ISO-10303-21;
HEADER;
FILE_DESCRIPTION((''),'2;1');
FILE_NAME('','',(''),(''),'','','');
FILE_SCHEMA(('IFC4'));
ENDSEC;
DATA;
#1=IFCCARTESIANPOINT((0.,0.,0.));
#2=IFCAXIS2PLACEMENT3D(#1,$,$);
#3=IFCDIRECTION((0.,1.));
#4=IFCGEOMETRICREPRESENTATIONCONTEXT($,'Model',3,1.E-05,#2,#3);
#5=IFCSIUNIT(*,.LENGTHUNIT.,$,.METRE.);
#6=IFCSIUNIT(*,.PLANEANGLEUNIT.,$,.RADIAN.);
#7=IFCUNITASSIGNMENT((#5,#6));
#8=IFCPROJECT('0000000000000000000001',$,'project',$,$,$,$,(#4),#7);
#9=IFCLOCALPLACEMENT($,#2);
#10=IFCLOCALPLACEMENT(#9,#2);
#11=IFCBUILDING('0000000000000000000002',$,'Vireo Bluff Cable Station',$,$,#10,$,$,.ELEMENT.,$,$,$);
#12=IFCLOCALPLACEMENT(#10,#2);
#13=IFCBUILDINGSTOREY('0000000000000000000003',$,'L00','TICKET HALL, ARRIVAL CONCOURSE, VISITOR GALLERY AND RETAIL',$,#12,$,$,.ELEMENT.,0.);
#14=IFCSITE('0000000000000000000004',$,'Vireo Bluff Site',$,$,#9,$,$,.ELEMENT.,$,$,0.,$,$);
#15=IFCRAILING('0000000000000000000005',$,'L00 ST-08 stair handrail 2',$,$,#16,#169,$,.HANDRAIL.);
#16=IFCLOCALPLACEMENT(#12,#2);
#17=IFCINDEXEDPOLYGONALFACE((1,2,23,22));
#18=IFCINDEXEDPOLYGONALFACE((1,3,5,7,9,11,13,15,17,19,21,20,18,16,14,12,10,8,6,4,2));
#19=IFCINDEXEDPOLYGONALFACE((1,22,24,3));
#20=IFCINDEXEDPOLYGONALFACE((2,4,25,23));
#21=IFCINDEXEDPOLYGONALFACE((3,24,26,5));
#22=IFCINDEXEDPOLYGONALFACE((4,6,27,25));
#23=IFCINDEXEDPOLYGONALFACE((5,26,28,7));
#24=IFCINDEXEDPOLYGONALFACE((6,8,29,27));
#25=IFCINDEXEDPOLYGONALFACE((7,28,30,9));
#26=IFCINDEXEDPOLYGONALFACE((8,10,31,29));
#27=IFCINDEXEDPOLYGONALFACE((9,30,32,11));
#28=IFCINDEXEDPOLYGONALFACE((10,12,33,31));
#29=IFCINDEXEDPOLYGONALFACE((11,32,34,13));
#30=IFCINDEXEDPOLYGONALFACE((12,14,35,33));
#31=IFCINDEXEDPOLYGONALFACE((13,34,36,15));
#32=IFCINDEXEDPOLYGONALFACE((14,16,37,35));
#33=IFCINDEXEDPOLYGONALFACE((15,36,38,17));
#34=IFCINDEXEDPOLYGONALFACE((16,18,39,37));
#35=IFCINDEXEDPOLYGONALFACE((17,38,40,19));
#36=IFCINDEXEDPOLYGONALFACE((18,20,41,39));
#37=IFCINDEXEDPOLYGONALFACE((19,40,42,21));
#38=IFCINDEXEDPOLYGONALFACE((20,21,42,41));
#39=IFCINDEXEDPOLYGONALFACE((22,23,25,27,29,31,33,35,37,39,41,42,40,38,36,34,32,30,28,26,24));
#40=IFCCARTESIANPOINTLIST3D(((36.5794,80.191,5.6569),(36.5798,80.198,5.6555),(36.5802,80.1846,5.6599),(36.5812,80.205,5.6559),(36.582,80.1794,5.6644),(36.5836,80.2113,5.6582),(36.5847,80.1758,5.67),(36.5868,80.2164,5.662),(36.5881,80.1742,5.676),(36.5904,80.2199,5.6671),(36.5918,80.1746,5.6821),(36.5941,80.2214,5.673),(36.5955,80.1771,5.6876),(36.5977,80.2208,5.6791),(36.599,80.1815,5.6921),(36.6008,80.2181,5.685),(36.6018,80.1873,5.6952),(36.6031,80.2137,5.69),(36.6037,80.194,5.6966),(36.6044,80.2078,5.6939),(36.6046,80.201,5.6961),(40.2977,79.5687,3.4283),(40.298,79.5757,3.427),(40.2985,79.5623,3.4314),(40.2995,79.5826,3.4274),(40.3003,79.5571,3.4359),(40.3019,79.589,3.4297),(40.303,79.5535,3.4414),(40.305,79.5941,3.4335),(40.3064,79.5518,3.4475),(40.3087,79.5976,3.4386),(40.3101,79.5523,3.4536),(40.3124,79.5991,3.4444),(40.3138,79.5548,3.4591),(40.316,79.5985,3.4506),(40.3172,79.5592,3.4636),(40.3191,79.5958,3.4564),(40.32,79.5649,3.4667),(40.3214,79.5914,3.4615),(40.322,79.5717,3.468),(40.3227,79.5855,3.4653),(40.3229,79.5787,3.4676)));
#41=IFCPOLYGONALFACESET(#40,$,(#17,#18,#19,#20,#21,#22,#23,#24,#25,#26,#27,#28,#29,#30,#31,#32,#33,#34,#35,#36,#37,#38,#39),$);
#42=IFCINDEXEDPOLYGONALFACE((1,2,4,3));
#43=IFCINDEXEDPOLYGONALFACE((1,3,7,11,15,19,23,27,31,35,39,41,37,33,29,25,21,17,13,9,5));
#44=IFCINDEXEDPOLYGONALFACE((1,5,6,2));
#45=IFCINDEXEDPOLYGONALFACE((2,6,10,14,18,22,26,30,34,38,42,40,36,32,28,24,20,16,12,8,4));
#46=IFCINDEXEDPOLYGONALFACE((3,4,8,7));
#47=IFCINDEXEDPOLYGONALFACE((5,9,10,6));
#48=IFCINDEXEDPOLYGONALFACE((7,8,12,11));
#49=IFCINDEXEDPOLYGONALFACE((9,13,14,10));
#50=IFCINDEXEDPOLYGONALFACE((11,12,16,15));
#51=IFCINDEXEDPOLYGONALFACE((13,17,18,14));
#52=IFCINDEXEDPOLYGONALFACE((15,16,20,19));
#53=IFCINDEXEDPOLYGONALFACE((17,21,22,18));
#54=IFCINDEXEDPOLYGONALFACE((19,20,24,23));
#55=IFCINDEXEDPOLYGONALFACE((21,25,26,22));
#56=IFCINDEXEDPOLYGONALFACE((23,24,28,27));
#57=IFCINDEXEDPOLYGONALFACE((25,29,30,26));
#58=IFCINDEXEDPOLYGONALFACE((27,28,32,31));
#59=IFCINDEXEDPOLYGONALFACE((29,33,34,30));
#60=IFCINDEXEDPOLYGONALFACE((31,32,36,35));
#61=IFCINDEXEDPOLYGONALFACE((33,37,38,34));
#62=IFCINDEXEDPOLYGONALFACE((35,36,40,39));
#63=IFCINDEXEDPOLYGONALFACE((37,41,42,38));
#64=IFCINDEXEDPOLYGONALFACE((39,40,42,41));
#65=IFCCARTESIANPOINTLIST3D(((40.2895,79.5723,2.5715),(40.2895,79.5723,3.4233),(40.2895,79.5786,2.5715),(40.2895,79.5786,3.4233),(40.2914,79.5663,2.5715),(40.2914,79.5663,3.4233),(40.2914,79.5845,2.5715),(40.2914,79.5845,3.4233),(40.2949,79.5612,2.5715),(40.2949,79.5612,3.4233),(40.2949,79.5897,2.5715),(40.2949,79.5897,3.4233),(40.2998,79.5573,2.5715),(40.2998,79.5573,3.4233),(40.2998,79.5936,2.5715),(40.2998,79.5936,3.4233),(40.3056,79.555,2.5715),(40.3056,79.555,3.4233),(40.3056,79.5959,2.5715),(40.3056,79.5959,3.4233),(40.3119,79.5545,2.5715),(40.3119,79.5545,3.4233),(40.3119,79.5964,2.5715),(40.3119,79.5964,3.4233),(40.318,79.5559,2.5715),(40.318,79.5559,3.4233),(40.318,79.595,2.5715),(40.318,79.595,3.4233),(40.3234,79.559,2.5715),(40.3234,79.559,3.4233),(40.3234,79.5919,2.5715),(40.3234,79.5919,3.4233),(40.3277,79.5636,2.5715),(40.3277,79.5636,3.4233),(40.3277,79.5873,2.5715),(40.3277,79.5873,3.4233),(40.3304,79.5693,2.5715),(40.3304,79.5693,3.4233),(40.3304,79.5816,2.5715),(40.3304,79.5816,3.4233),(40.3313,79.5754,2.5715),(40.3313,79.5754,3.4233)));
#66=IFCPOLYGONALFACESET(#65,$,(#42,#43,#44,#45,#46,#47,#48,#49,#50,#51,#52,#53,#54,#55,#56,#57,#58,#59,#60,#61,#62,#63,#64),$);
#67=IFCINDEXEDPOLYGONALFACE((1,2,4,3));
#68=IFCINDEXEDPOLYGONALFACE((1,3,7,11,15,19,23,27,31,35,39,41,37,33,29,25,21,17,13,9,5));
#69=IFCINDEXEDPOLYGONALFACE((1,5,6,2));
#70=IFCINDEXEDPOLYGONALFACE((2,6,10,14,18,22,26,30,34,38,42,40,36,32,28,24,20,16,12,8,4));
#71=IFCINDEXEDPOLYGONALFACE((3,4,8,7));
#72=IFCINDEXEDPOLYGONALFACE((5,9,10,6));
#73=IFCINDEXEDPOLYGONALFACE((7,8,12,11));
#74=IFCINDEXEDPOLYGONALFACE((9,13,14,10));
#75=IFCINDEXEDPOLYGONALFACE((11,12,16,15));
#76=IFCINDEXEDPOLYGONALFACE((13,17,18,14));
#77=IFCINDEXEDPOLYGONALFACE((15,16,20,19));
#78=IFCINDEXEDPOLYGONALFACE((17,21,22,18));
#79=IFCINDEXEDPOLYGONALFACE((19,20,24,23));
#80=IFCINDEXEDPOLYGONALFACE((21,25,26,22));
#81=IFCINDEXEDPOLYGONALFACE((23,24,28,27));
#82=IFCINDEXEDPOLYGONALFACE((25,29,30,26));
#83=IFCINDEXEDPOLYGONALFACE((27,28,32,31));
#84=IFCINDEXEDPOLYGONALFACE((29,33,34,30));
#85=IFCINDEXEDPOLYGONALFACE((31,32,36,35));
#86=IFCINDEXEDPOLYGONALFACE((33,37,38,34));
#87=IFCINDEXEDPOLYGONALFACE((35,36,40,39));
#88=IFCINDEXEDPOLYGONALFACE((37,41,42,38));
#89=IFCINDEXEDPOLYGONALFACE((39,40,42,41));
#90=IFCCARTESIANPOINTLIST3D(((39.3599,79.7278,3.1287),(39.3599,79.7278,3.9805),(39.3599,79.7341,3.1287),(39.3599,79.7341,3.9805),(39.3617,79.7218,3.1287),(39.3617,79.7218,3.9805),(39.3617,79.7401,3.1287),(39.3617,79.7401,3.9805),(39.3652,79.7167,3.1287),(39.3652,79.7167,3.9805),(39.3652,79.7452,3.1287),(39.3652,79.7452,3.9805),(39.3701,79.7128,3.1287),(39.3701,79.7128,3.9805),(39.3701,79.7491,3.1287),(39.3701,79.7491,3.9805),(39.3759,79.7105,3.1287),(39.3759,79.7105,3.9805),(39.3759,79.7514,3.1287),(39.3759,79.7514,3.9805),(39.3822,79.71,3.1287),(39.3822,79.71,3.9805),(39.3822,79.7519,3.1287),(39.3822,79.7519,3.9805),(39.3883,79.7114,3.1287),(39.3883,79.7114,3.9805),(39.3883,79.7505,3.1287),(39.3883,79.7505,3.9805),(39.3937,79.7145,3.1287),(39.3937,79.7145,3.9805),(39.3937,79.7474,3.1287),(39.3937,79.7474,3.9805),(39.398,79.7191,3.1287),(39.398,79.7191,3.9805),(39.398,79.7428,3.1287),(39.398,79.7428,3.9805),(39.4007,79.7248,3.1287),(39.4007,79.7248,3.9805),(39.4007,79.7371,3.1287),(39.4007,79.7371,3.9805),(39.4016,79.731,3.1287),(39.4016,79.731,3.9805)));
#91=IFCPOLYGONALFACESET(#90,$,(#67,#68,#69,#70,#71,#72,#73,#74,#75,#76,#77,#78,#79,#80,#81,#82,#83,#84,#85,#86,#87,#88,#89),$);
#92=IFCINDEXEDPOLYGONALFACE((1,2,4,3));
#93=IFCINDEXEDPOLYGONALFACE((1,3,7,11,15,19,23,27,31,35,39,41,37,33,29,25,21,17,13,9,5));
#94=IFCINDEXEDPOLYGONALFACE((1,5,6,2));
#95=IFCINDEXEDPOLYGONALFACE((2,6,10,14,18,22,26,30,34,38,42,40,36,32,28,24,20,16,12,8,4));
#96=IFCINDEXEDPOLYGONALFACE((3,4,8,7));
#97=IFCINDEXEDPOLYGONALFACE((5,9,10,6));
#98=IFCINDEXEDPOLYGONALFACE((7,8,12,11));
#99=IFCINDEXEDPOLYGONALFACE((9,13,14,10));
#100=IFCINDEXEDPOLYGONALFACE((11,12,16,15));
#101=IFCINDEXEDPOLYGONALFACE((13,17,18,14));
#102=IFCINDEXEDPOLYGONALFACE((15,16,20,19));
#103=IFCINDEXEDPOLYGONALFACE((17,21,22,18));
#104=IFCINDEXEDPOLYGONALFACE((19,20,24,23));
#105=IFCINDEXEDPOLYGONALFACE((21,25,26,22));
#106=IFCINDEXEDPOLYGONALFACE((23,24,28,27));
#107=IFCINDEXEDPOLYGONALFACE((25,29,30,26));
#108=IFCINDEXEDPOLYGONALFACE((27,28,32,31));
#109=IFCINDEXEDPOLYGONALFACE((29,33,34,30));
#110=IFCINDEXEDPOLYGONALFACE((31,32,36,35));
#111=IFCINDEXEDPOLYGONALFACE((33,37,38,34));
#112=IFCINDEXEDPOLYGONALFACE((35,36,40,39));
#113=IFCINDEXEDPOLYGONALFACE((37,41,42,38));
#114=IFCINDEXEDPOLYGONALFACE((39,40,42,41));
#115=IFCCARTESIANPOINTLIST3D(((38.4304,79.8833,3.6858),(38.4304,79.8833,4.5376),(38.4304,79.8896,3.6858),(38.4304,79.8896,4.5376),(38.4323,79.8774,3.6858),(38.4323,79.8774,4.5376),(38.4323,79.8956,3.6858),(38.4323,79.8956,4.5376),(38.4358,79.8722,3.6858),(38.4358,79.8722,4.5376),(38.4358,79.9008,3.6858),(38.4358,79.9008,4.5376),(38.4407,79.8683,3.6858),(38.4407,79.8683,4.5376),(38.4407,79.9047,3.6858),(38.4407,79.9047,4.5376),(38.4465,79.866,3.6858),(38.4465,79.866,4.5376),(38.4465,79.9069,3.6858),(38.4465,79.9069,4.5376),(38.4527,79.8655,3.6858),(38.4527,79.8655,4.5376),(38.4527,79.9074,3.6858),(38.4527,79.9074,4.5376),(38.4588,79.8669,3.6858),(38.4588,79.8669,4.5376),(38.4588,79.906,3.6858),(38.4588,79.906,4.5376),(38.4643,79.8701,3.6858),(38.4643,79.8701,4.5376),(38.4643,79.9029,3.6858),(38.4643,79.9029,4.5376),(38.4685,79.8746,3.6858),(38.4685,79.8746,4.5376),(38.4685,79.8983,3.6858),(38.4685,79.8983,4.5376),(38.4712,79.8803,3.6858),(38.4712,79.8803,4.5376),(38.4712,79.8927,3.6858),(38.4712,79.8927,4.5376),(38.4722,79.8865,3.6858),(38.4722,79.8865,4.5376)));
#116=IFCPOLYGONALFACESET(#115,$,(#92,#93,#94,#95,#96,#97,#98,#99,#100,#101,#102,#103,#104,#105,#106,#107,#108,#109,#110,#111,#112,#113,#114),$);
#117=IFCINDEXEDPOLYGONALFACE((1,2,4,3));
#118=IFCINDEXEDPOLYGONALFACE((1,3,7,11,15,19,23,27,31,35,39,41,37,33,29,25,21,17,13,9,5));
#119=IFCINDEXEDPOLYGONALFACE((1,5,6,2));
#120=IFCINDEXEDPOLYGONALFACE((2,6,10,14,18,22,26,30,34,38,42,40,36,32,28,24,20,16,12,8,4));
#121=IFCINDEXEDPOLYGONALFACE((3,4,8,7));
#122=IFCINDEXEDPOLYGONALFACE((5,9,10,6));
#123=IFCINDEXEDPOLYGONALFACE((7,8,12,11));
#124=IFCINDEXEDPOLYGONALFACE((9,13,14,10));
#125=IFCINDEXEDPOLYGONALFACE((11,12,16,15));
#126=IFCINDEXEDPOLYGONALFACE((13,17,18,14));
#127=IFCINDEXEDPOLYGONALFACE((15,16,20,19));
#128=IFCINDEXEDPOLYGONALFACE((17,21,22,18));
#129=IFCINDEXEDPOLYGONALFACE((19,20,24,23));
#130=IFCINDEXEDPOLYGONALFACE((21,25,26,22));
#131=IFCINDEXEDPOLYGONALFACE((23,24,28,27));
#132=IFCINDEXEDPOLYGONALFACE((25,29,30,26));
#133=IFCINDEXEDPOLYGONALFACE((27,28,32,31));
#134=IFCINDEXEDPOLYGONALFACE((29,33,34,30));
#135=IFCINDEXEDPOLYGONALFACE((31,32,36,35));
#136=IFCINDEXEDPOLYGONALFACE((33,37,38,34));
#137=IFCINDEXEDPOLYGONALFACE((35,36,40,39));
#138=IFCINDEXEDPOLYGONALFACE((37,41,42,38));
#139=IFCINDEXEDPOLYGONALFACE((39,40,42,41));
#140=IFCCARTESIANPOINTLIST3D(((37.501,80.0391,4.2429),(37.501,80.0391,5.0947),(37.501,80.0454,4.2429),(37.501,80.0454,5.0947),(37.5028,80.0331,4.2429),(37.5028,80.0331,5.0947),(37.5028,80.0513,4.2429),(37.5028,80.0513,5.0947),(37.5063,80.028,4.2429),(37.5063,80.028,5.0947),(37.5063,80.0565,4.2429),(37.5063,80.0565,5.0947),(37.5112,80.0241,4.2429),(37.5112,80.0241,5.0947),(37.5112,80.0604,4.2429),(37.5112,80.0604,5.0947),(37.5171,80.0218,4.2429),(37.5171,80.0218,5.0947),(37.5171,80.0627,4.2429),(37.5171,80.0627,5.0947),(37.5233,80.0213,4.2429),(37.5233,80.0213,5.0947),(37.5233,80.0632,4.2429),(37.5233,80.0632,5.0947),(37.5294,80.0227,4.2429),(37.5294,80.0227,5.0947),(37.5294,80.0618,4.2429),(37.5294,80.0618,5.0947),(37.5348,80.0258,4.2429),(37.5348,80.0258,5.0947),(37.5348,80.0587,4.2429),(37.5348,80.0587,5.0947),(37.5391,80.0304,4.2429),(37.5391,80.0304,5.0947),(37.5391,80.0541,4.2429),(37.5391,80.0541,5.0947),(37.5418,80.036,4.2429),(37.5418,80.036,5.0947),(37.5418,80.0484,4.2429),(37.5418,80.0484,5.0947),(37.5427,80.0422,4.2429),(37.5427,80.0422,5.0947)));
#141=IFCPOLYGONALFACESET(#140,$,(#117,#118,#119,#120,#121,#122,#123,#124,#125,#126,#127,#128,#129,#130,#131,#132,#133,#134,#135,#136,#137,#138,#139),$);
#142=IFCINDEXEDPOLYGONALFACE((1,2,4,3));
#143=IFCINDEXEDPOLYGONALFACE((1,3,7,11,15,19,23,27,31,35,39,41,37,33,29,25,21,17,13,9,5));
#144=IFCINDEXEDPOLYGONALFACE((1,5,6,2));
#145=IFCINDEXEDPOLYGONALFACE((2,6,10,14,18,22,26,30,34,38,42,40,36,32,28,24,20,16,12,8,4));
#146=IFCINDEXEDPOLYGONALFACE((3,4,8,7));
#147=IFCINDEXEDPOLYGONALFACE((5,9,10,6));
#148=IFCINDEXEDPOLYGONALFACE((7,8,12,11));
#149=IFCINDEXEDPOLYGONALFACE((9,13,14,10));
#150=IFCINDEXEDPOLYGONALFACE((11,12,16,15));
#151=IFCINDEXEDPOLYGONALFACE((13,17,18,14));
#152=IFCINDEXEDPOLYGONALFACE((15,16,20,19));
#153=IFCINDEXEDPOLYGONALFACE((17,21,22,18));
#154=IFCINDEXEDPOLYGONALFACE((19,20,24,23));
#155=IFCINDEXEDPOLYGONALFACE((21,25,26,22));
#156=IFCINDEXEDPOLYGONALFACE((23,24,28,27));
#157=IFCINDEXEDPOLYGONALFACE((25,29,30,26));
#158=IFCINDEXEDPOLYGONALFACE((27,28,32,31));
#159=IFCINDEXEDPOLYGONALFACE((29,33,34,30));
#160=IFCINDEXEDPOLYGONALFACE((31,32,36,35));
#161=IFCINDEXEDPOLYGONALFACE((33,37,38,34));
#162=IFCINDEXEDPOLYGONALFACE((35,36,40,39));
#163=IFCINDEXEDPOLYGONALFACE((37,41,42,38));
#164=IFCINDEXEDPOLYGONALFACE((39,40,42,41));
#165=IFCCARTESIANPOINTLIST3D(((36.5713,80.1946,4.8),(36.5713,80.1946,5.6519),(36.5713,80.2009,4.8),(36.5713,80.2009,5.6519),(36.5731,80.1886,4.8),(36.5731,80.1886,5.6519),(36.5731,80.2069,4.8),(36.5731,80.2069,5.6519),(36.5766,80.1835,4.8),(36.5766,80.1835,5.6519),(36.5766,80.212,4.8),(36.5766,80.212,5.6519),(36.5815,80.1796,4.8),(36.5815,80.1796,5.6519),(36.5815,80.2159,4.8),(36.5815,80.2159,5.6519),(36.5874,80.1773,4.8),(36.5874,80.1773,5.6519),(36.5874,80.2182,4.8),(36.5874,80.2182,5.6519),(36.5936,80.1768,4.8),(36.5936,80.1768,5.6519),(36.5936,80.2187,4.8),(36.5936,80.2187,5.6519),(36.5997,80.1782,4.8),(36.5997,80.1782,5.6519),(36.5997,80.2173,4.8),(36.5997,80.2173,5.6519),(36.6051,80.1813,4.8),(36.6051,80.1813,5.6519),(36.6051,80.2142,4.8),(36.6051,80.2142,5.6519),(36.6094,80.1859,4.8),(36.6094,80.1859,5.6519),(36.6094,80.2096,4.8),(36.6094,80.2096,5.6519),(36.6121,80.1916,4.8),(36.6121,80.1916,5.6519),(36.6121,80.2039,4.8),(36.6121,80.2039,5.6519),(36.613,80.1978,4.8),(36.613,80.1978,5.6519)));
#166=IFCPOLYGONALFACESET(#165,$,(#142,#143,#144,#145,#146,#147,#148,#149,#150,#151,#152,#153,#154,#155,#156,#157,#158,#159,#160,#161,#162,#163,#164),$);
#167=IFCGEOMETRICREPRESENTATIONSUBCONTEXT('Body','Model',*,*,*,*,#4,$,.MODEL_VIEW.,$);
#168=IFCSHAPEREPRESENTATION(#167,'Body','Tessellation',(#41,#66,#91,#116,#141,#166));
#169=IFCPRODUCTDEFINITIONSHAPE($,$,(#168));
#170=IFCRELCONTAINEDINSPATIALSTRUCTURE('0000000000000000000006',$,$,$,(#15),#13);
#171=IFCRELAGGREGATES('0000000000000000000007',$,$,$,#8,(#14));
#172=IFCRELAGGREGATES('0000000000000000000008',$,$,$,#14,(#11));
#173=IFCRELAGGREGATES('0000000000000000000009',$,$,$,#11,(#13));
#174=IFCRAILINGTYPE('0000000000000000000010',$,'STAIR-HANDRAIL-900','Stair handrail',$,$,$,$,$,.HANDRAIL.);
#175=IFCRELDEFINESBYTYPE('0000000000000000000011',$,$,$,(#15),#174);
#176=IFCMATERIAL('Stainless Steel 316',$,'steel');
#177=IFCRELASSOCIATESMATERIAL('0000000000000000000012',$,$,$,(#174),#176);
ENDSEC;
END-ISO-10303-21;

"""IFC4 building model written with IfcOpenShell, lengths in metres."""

from ifc_helpers import new_model, si_unit, direction, frame, origin, origin_2d, place, context, subcontext, project, spatial, circle, extrude, material, type_object, element, save


model = new_model("IFC4")

# Units and contexts
model_context = context("Model", 3, precision=1e-05, world=origin(), true_north=direction((0.0, 1.0)))
body_context = subcontext(model_context, "Body", "Model", "MODEL_VIEW")
ifc_project = project(units=[si_unit("LENGTHUNIT", "METRE"), si_unit("PLANEANGLEUNIT", "RADIAN")], contexts=[model_context])

# Site, building, storey
site_placement = place(None, origin())
site = spatial("IfcSite", under=ifc_project, at=site_placement, Name="Vireo Bluff Site", CompositionType="ELEMENT", RefElevation=0.0)
building_placement = place(site_placement, origin())
building = spatial("IfcBuilding", under=site, at=building_placement, Name="Vireo Bluff Cable Station", CompositionType="ELEMENT")
storey_placement = place(building_placement, origin())
storey = spatial("IfcBuildingStorey", under=building, at=storey_placement, Name="L00", Description="TICKET HALL, ARRIVAL CONCOURSE, VISITOR GALLERY AND RETAIL", CompositionType="ELEMENT", Elevation=0.0)

# Railing
ifc_material_1 = material(Name="Stainless Steel 316", Category="steel")
railing_type_1 = type_object("IfcRailingType", Name="STAIR-HANDRAIL-900", Description="Stair handrail", PredefinedType="HANDRAIL", material=ifc_material_1)
railing_1_placement = place(storey_placement, frame((40.3103, 79.5754, 2.5715)))
element("IfcRailing", 1, at=railing_1_placement, inside=storey, type_object=railing_type_1, Name="L00 ST-08 stair handrail 2", PredefinedType="HANDRAIL", context=body_context, shape_type="SweptSolid", body=[
    extrude(circle(Radius=0.0239, at=origin_2d()), frame((0.0, 0.0, 0.876), z_axis=(-0.849037, 0.142101, 0.508865), x_axis=(-0.165071, -0.986282, 0.0)), (0.0, 0.0, 1.0), 4.3794),
    extrude(circle(Radius=0.021, at=origin_2d()), origin(), (0.0, 0.0, 1.0), 0.8518),
    extrude(circle(Radius=0.021, at=origin_2d()), frame((-0.9297, 0.1555, 0.5571)), (0.0, 0.0, 1.0), 0.8518),
    extrude(circle(Radius=0.021, at=origin_2d()), frame((-1.8591, 0.311, 1.1143)), (0.0, 0.0, 1.0), 0.8518),
    extrude(circle(Radius=0.021, at=origin_2d()), frame((-2.7886, 0.4668, 1.6714)), (0.0, 0.0, 1.0), 0.8518),
    extrude(circle(Radius=0.021, at=origin_2d()), frame((-3.7183, 0.6223, 2.2285)), (0.0, 0.0, 1.0), 0.8518),
])

save(model, "model.ifc")
